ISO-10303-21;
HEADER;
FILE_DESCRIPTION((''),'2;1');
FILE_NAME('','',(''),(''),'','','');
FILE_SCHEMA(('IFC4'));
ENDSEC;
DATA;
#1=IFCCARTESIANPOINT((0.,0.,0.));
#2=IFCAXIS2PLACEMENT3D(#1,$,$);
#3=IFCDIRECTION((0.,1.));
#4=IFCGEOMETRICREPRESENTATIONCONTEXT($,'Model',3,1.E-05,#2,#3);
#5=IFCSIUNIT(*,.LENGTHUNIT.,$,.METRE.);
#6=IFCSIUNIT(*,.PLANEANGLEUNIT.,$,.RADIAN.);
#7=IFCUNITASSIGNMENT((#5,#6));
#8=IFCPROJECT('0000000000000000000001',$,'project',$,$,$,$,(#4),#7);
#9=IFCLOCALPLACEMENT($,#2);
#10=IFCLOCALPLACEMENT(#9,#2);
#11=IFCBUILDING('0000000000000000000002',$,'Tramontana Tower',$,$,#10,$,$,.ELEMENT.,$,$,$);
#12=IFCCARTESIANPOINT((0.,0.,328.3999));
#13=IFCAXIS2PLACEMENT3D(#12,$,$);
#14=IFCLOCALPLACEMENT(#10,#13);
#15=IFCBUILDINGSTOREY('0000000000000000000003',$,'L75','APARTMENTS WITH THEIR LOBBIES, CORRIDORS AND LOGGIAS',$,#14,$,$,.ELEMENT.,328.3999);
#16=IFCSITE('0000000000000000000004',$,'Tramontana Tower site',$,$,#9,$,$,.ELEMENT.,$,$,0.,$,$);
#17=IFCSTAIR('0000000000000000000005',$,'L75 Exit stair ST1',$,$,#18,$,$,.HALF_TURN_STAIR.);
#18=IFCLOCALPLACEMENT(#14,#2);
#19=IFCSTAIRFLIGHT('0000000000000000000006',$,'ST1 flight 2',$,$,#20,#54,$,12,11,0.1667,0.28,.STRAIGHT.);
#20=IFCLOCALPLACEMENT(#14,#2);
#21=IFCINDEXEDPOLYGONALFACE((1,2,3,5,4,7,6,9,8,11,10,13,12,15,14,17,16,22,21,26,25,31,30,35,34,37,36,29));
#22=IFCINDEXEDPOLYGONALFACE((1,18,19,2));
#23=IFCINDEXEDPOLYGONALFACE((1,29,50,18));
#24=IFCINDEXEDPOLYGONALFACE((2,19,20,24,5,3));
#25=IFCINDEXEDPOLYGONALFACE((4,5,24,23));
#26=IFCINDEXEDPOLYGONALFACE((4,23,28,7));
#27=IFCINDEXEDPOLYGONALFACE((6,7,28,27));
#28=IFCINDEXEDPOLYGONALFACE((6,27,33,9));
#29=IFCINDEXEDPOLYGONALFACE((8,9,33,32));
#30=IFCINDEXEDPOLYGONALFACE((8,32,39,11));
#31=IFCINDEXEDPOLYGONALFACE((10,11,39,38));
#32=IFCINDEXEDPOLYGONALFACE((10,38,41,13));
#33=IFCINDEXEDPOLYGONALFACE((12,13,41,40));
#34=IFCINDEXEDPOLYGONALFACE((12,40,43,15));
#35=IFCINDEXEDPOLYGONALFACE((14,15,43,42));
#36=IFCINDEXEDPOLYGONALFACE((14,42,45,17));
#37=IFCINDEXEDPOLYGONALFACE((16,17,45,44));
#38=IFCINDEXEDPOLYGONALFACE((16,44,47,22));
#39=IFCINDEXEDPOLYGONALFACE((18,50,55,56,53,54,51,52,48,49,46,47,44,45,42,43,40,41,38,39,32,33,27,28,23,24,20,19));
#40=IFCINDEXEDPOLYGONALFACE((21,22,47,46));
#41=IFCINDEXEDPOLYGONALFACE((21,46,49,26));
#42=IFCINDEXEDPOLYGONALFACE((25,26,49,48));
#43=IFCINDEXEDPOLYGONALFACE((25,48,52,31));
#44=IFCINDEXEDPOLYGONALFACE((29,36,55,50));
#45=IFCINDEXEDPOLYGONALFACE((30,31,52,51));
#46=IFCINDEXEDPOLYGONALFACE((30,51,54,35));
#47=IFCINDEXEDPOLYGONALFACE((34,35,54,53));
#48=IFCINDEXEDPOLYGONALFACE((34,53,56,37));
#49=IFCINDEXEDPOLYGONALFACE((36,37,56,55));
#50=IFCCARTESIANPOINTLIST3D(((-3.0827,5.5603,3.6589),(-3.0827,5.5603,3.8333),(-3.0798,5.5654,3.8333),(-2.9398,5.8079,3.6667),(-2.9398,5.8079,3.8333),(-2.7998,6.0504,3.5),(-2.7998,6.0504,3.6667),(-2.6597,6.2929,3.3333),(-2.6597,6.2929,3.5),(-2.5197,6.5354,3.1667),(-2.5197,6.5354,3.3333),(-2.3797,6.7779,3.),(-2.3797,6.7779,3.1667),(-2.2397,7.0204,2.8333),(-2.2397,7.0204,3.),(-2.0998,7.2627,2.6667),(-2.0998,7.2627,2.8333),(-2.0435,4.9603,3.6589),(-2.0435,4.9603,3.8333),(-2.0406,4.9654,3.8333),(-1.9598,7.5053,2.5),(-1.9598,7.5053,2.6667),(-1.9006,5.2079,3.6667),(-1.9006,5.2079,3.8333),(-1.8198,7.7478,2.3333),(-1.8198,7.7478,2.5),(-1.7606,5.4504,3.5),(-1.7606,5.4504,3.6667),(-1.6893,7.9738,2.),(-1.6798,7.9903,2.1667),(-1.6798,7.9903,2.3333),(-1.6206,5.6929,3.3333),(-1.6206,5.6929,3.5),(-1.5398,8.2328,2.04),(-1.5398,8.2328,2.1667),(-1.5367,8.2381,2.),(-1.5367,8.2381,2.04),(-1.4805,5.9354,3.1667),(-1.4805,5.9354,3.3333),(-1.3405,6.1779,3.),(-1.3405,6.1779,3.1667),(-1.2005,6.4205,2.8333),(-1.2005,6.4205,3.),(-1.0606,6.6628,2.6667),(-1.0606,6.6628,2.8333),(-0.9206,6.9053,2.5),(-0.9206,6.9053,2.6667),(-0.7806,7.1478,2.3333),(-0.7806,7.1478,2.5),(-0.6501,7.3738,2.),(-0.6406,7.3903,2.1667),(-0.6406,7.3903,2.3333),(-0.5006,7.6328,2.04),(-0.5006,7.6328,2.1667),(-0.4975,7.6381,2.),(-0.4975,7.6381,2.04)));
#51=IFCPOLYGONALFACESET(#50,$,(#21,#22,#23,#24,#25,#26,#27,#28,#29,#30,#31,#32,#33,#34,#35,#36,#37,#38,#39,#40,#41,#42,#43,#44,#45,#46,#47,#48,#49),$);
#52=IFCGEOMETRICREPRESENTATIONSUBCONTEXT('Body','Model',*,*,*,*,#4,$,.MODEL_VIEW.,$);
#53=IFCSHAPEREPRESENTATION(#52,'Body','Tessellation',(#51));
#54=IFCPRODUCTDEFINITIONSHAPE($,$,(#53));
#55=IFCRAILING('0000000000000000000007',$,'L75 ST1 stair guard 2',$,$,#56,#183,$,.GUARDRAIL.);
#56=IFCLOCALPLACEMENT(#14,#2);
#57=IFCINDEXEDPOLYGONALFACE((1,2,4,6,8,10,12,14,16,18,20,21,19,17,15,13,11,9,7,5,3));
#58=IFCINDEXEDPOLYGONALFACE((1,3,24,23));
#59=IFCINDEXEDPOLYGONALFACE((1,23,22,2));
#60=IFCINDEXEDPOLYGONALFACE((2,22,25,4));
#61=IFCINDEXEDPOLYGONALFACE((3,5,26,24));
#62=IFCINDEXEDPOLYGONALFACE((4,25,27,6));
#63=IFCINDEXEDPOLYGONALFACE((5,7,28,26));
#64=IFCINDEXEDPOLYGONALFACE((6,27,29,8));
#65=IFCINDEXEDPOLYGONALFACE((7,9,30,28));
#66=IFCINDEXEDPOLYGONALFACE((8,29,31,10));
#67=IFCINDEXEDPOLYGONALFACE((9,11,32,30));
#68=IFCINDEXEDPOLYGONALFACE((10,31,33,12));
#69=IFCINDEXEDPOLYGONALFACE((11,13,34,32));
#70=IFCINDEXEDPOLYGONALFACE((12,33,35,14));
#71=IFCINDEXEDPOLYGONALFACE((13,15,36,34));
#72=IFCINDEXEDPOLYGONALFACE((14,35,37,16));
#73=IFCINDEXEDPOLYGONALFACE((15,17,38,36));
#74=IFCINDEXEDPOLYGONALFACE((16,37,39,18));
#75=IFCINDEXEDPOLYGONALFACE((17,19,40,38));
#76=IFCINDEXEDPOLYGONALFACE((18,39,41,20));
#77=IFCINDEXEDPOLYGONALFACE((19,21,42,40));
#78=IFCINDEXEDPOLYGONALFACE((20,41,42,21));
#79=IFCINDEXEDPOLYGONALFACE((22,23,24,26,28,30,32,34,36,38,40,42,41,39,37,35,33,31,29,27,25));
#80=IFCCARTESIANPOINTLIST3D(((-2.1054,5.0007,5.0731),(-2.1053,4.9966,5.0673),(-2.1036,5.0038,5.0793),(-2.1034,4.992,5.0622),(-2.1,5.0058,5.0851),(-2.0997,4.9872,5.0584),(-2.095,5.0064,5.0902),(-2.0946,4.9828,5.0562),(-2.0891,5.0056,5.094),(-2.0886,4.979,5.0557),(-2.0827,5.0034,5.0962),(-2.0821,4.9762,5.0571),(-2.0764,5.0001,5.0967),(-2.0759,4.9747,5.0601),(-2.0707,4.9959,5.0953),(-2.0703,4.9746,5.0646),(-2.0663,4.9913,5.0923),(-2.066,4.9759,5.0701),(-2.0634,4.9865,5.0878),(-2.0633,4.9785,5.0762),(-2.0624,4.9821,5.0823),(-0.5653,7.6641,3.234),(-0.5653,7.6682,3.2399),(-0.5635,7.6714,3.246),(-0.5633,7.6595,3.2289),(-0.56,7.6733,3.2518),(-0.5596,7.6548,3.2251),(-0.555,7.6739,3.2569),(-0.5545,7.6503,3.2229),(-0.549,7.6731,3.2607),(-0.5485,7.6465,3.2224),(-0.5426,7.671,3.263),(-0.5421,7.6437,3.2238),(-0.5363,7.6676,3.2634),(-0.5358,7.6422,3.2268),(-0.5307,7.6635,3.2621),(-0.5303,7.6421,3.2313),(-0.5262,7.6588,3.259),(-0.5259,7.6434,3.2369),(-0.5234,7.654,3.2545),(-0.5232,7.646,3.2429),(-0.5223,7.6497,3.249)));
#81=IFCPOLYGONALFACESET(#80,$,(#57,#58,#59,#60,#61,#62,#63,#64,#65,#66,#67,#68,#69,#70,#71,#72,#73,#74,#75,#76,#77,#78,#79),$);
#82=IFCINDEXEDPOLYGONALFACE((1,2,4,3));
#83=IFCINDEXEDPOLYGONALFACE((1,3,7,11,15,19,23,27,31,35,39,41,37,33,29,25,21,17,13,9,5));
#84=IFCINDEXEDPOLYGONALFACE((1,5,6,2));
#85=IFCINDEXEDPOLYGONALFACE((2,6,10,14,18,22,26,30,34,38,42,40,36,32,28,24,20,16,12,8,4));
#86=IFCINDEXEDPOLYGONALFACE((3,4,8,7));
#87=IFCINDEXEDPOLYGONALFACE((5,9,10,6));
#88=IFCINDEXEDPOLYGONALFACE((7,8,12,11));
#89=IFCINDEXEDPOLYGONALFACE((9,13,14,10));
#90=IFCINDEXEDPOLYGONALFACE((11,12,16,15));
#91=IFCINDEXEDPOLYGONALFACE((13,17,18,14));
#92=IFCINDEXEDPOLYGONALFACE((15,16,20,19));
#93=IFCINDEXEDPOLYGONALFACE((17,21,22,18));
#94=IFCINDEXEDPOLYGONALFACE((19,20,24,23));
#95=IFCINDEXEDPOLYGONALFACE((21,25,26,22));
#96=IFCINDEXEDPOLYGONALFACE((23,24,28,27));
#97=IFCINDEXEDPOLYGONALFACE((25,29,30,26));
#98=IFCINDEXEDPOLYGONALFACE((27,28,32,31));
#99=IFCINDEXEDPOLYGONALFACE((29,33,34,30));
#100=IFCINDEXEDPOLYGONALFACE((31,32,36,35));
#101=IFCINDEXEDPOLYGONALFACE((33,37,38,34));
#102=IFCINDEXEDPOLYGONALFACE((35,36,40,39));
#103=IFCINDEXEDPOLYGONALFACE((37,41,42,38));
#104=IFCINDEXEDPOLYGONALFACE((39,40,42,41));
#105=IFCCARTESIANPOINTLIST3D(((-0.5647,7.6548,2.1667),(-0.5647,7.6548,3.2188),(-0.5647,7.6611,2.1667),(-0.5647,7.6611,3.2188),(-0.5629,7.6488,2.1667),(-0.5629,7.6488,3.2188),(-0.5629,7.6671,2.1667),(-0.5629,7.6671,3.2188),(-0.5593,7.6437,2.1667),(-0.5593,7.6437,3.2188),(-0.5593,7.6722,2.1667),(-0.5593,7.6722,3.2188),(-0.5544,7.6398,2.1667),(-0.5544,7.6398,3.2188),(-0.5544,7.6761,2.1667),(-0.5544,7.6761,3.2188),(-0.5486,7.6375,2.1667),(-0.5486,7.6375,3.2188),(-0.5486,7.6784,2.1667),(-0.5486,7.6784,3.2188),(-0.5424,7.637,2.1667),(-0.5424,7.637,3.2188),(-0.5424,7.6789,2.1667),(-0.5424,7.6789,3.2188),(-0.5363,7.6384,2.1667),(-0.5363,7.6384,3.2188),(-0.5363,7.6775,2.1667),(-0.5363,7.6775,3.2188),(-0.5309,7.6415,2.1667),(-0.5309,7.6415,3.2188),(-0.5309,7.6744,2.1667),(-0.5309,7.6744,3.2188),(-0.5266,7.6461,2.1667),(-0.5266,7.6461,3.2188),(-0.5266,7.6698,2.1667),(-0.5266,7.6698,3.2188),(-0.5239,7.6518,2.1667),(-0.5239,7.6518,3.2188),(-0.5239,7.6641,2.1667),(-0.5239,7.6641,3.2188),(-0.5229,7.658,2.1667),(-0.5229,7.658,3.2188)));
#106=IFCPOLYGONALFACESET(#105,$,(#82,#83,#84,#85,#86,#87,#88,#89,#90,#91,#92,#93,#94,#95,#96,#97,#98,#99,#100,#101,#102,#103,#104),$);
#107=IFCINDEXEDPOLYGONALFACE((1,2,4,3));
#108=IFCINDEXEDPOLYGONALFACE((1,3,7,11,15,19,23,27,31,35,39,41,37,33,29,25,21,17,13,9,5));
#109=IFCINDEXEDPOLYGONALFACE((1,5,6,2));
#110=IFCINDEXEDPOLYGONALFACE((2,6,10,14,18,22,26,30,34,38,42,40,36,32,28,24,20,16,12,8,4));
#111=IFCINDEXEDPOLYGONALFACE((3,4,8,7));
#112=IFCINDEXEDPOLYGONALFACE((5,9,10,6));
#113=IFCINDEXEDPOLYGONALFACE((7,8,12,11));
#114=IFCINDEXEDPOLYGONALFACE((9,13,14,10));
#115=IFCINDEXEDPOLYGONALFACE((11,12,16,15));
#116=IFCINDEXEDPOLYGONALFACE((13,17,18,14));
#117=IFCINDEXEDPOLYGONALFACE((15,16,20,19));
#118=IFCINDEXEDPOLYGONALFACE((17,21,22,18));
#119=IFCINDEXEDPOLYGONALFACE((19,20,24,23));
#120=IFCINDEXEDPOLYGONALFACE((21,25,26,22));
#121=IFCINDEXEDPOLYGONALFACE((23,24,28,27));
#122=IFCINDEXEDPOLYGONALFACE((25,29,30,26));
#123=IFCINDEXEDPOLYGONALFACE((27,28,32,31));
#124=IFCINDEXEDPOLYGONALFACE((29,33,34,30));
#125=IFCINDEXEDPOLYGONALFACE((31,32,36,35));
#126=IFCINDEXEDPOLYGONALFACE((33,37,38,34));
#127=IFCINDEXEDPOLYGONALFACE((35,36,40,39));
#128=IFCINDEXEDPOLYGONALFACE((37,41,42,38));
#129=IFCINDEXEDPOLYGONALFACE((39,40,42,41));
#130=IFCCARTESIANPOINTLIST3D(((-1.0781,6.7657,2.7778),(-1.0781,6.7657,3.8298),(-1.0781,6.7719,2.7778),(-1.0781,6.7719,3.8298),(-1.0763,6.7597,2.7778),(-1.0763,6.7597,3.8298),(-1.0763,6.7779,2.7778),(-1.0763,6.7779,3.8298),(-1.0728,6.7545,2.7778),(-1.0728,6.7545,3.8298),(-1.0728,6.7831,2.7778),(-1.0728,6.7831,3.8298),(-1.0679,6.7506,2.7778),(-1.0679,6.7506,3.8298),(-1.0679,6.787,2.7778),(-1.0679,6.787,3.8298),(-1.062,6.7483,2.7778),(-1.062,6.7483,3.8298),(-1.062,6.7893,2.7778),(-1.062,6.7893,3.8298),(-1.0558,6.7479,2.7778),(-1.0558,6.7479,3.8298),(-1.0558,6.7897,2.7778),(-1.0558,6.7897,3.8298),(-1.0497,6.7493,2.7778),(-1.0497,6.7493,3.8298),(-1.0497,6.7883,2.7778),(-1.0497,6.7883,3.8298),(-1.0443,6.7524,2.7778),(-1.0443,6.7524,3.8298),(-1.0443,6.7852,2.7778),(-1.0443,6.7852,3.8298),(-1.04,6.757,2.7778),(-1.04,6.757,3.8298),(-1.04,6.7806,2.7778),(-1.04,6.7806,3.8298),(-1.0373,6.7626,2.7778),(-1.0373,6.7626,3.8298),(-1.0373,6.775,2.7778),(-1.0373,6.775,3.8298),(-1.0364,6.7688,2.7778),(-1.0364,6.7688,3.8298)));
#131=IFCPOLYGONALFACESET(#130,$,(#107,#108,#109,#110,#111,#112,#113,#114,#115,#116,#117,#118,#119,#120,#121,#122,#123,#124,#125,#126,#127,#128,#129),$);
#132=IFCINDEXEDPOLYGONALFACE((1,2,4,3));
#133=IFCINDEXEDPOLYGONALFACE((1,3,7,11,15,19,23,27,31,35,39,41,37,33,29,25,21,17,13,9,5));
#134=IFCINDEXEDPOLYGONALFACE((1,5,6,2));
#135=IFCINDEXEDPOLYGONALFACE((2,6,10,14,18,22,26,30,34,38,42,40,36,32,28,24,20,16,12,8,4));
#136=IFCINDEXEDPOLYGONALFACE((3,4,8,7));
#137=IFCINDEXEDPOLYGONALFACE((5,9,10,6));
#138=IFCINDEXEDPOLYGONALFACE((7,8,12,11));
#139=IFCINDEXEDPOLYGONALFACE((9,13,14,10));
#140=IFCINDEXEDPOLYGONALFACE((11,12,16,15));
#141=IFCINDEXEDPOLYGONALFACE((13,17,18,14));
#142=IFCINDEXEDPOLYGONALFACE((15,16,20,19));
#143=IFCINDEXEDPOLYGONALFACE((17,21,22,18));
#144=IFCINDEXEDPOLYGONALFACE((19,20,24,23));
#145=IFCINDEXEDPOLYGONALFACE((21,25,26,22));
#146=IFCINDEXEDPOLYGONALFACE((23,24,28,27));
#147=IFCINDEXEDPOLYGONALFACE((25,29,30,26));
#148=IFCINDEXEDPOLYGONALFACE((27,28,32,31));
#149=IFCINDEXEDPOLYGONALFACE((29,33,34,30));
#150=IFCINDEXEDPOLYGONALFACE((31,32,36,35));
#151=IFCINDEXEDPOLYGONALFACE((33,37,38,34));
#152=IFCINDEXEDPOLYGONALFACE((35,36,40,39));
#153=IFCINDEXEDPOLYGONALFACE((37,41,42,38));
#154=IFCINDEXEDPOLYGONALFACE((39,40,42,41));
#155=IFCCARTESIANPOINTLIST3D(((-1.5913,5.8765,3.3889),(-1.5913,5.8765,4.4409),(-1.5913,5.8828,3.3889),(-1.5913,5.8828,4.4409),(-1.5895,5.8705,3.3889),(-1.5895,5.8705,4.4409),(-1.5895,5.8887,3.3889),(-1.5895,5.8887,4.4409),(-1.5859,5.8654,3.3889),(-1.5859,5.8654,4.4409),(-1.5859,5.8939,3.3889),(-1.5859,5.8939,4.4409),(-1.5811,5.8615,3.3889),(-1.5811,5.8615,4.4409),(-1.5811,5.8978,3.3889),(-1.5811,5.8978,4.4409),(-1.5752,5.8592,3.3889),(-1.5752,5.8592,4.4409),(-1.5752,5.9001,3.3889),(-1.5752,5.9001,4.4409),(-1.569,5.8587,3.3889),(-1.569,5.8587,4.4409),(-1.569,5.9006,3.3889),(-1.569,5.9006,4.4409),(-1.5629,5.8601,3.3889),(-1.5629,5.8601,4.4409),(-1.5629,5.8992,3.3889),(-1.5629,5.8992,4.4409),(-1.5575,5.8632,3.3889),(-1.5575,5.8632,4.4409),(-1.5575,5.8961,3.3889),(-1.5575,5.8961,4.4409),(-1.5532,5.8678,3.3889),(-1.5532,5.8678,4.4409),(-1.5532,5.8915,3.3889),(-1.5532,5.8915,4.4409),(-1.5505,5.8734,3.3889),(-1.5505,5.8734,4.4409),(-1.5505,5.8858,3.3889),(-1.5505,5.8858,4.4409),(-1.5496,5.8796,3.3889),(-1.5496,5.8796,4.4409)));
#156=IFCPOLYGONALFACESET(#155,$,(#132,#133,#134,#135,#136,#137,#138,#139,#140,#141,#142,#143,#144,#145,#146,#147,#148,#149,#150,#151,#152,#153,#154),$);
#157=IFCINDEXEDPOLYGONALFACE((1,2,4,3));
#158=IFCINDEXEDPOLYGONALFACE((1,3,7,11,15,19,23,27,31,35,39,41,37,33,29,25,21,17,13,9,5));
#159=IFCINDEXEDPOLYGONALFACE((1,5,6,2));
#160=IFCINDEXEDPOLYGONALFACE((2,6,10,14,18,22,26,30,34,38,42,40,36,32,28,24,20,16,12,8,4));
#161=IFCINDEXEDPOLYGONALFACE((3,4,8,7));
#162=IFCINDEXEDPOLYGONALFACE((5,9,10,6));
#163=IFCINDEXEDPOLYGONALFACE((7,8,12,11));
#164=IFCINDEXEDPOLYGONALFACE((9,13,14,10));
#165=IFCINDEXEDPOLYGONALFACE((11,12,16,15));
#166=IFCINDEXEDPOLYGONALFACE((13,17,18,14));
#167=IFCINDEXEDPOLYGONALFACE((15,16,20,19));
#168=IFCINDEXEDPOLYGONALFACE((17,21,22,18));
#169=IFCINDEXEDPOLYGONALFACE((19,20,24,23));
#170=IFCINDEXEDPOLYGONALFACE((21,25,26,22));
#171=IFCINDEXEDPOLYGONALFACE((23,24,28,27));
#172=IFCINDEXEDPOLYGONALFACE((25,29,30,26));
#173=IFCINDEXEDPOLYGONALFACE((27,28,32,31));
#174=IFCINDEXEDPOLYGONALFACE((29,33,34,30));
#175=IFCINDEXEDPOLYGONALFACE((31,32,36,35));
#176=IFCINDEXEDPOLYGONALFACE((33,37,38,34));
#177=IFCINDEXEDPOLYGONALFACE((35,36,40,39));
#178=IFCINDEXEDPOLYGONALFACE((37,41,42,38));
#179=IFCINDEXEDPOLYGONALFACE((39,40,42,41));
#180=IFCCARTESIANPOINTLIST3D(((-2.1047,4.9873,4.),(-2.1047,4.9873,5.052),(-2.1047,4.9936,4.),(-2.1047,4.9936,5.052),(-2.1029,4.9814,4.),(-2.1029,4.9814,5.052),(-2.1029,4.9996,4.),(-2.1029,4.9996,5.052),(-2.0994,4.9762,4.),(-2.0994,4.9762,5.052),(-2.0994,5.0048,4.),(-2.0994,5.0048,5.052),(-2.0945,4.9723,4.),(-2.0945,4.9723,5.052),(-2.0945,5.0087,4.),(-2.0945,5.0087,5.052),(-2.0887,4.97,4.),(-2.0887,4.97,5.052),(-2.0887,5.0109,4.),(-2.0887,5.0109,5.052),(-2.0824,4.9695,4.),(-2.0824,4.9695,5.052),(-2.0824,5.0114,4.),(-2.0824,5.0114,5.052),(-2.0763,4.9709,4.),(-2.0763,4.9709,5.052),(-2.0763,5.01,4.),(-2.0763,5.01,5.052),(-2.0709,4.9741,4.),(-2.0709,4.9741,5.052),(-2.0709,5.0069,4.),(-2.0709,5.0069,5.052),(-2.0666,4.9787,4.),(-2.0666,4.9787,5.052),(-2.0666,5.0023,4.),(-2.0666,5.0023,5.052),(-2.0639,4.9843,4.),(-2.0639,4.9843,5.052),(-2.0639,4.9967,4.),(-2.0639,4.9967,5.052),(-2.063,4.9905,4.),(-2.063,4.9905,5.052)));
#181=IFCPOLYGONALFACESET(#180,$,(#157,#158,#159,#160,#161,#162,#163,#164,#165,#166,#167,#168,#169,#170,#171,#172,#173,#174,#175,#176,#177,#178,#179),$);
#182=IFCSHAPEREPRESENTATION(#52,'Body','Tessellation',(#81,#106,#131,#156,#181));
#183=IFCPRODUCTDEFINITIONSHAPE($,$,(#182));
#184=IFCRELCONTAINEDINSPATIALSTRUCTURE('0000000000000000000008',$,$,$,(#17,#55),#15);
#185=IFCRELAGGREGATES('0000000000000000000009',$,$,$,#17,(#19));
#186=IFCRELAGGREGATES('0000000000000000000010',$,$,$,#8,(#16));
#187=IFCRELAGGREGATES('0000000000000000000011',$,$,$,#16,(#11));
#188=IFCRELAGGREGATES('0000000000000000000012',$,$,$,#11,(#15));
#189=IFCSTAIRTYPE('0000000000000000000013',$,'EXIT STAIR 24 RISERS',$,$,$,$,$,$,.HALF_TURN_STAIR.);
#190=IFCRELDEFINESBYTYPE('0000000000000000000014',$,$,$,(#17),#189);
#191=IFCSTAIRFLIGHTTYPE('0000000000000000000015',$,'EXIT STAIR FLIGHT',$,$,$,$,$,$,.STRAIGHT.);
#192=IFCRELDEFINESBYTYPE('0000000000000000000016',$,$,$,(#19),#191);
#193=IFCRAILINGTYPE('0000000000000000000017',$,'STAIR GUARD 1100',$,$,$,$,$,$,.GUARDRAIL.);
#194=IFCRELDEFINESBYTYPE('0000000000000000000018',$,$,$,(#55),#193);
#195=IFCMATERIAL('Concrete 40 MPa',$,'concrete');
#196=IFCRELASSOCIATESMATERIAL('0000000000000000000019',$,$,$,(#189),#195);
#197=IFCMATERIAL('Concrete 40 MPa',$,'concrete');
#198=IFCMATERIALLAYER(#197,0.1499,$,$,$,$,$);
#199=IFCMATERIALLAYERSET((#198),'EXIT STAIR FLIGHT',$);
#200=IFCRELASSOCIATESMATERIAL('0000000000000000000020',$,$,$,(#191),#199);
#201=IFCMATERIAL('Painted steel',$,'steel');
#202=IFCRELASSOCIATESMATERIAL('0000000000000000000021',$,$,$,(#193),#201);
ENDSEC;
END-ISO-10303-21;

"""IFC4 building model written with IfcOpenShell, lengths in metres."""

from ifc_helpers import new_model, si_unit, direction, frame, origin, origin_2d, place, context, subcontext, project, spatial, polyline, circle, outline, extrude, material, layer, layer_set, type_object, element, aggregate, save


model = new_model("IFC4")

# Units and contexts
model_context = context("Model", 3, precision=1e-05, world=origin(), true_north=direction((0.0, 1.0)))
body_context = subcontext(model_context, "Body", "Model", "MODEL_VIEW")
ifc_project = project(units=[si_unit("LENGTHUNIT", "METRE"), si_unit("PLANEANGLEUNIT", "RADIAN")], contexts=[model_context])

# Site, building, storey
site_placement = place(None, origin())
site = spatial("IfcSite", under=ifc_project, at=site_placement, Name="Tramontana Tower site", CompositionType="ELEMENT", RefElevation=0.0)
building_placement = place(site_placement, origin())
building = spatial("IfcBuilding", under=site, at=building_placement, Name="Tramontana Tower", CompositionType="ELEMENT")
storey_placement = place(building_placement, frame((0.0, 0.0, 328.3999)))
storey = spatial("IfcBuildingStorey", under=building, at=storey_placement, Name="L75", Description="APARTMENTS WITH THEIR LOBBIES, CORRIDORS AND LOGGIAS", CompositionType="ELEMENT", Elevation=328.3999)

# Stair, stair flight
ifc_material_1 = material(Name="Concrete 40 MPa", Category="concrete")
stair_type = type_object("IfcStairType", Name="EXIT STAIR 24 RISERS", PredefinedType="HALF_TURN_STAIR", material=ifc_material_1)
stair_placement = place(storey_placement, origin())
stair = element("IfcStair", 1, at=stair_placement, inside=storey, type_object=stair_type, Name="L75 Exit stair ST1", PredefinedType="HALF_TURN_STAIR")
ifc_material_2 = material(Name="Concrete 40 MPa", Category="concrete")
ifc_layer_1 = layer(ifc_material_2, 0.1499)
ifc_layer_set_1 = layer_set([ifc_layer_1], Name="EXIT STAIR FLIGHT")
stair_flight_type = type_object("IfcStairFlightType", Name="EXIT STAIR FLIGHT", PredefinedType="STRAIGHT", material=ifc_layer_set_1)
stair_flight_placement = place(storey_placement, frame((-1.0203, 7.9329, 2.0), z_axis=(0.0, 0.0, 1.0), x_axis=(-0.5, -0.866025, 0.0)))
stair_flight = element("IfcStairFlight", 2, at=stair_flight_placement, type_object=stair_flight_type, Name="ST1 flight 2", NumberOfRisers=12, NumberOfTreads=11, PredefinedType="STRAIGHT", RiserHeight=0.1667, TreadLength=0.28, context=body_context, shape_type="SweptSolid", body=[
    extrude(outline(polyline([(-0.0061, 0.0), (-0.0061, 0.04), (0.0, 0.04), (0.0, 0.1667), (0.28, 0.1667), (0.28, 0.3333), (0.5601, 0.3333), (0.5601, 0.5), (0.8401, 0.5), (0.8401, 0.6667), (1.1201, 0.6667), (1.1201, 0.8333), (1.3999, 0.8333), (1.3999, 1.0), (1.6799, 1.0), (1.6799, 1.1667), (1.96, 1.1667), (1.96, 1.3333), (2.24, 1.3333), (2.24, 1.5), (2.52, 1.5), (2.52, 1.6667), (2.8, 1.6667), (2.8, 1.8333), (3.0801, 1.8333), (3.0859, 1.8333), (3.0859, 1.6589), (0.2991, 0.0), (-0.0061, 0.0)])), frame((0.0, 0.6001, 0.0), z_axis=(0.0, -1.0, 0.0), x_axis=(1.0, 0.0, 0.0)), (0.0, 0.0, 1.0), 1.2),
])
aggregate(stair, [stair_flight])

# Railing
ifc_material_3 = material(Name="Painted steel", Category="steel")
railing_type_1 = type_object("IfcRailingType", Name="STAIR GUARD 1100", PredefinedType="GUARDRAIL", material=ifc_material_3)
railing_1_placement = place(storey_placement, frame((-0.5439, 7.658, 2.1667)))
element("IfcRailing", 3, at=railing_1_placement, inside=storey, type_object=railing_type_1, Name="L75 ST1 stair guard 2", PredefinedType="GUARDRAIL", context=body_context, shape_type="SweptSolid", body=[
    extrude(circle(Radius=0.0239, at=origin_2d()), frame((0.0, 0.0, 1.0762), z_axis=(-0.429649, -0.74419, 0.511452), x_axis=(0.86603, -0.499992, 0.0)), (0.0, 0.0, 1.0), 3.5845),
    extrude(circle(Radius=0.021, at=origin_2d()), origin(), (0.0, 0.0, 1.0), 1.052),
    extrude(circle(Radius=0.021, at=origin_2d()), frame((-0.5134, -0.8892, 0.6111)), (0.0, 0.0, 1.0), 1.052),
    extrude(circle(Radius=0.021, at=origin_2d()), frame((-1.0266, -1.7783, 1.2222)), (0.0, 0.0, 1.0), 1.052),
    extrude(circle(Radius=0.021, at=origin_2d()), frame((-1.54, -2.6675, 1.8333)), (0.0, 0.0, 1.0), 1.052),
])

save(model, "model.ifc")
